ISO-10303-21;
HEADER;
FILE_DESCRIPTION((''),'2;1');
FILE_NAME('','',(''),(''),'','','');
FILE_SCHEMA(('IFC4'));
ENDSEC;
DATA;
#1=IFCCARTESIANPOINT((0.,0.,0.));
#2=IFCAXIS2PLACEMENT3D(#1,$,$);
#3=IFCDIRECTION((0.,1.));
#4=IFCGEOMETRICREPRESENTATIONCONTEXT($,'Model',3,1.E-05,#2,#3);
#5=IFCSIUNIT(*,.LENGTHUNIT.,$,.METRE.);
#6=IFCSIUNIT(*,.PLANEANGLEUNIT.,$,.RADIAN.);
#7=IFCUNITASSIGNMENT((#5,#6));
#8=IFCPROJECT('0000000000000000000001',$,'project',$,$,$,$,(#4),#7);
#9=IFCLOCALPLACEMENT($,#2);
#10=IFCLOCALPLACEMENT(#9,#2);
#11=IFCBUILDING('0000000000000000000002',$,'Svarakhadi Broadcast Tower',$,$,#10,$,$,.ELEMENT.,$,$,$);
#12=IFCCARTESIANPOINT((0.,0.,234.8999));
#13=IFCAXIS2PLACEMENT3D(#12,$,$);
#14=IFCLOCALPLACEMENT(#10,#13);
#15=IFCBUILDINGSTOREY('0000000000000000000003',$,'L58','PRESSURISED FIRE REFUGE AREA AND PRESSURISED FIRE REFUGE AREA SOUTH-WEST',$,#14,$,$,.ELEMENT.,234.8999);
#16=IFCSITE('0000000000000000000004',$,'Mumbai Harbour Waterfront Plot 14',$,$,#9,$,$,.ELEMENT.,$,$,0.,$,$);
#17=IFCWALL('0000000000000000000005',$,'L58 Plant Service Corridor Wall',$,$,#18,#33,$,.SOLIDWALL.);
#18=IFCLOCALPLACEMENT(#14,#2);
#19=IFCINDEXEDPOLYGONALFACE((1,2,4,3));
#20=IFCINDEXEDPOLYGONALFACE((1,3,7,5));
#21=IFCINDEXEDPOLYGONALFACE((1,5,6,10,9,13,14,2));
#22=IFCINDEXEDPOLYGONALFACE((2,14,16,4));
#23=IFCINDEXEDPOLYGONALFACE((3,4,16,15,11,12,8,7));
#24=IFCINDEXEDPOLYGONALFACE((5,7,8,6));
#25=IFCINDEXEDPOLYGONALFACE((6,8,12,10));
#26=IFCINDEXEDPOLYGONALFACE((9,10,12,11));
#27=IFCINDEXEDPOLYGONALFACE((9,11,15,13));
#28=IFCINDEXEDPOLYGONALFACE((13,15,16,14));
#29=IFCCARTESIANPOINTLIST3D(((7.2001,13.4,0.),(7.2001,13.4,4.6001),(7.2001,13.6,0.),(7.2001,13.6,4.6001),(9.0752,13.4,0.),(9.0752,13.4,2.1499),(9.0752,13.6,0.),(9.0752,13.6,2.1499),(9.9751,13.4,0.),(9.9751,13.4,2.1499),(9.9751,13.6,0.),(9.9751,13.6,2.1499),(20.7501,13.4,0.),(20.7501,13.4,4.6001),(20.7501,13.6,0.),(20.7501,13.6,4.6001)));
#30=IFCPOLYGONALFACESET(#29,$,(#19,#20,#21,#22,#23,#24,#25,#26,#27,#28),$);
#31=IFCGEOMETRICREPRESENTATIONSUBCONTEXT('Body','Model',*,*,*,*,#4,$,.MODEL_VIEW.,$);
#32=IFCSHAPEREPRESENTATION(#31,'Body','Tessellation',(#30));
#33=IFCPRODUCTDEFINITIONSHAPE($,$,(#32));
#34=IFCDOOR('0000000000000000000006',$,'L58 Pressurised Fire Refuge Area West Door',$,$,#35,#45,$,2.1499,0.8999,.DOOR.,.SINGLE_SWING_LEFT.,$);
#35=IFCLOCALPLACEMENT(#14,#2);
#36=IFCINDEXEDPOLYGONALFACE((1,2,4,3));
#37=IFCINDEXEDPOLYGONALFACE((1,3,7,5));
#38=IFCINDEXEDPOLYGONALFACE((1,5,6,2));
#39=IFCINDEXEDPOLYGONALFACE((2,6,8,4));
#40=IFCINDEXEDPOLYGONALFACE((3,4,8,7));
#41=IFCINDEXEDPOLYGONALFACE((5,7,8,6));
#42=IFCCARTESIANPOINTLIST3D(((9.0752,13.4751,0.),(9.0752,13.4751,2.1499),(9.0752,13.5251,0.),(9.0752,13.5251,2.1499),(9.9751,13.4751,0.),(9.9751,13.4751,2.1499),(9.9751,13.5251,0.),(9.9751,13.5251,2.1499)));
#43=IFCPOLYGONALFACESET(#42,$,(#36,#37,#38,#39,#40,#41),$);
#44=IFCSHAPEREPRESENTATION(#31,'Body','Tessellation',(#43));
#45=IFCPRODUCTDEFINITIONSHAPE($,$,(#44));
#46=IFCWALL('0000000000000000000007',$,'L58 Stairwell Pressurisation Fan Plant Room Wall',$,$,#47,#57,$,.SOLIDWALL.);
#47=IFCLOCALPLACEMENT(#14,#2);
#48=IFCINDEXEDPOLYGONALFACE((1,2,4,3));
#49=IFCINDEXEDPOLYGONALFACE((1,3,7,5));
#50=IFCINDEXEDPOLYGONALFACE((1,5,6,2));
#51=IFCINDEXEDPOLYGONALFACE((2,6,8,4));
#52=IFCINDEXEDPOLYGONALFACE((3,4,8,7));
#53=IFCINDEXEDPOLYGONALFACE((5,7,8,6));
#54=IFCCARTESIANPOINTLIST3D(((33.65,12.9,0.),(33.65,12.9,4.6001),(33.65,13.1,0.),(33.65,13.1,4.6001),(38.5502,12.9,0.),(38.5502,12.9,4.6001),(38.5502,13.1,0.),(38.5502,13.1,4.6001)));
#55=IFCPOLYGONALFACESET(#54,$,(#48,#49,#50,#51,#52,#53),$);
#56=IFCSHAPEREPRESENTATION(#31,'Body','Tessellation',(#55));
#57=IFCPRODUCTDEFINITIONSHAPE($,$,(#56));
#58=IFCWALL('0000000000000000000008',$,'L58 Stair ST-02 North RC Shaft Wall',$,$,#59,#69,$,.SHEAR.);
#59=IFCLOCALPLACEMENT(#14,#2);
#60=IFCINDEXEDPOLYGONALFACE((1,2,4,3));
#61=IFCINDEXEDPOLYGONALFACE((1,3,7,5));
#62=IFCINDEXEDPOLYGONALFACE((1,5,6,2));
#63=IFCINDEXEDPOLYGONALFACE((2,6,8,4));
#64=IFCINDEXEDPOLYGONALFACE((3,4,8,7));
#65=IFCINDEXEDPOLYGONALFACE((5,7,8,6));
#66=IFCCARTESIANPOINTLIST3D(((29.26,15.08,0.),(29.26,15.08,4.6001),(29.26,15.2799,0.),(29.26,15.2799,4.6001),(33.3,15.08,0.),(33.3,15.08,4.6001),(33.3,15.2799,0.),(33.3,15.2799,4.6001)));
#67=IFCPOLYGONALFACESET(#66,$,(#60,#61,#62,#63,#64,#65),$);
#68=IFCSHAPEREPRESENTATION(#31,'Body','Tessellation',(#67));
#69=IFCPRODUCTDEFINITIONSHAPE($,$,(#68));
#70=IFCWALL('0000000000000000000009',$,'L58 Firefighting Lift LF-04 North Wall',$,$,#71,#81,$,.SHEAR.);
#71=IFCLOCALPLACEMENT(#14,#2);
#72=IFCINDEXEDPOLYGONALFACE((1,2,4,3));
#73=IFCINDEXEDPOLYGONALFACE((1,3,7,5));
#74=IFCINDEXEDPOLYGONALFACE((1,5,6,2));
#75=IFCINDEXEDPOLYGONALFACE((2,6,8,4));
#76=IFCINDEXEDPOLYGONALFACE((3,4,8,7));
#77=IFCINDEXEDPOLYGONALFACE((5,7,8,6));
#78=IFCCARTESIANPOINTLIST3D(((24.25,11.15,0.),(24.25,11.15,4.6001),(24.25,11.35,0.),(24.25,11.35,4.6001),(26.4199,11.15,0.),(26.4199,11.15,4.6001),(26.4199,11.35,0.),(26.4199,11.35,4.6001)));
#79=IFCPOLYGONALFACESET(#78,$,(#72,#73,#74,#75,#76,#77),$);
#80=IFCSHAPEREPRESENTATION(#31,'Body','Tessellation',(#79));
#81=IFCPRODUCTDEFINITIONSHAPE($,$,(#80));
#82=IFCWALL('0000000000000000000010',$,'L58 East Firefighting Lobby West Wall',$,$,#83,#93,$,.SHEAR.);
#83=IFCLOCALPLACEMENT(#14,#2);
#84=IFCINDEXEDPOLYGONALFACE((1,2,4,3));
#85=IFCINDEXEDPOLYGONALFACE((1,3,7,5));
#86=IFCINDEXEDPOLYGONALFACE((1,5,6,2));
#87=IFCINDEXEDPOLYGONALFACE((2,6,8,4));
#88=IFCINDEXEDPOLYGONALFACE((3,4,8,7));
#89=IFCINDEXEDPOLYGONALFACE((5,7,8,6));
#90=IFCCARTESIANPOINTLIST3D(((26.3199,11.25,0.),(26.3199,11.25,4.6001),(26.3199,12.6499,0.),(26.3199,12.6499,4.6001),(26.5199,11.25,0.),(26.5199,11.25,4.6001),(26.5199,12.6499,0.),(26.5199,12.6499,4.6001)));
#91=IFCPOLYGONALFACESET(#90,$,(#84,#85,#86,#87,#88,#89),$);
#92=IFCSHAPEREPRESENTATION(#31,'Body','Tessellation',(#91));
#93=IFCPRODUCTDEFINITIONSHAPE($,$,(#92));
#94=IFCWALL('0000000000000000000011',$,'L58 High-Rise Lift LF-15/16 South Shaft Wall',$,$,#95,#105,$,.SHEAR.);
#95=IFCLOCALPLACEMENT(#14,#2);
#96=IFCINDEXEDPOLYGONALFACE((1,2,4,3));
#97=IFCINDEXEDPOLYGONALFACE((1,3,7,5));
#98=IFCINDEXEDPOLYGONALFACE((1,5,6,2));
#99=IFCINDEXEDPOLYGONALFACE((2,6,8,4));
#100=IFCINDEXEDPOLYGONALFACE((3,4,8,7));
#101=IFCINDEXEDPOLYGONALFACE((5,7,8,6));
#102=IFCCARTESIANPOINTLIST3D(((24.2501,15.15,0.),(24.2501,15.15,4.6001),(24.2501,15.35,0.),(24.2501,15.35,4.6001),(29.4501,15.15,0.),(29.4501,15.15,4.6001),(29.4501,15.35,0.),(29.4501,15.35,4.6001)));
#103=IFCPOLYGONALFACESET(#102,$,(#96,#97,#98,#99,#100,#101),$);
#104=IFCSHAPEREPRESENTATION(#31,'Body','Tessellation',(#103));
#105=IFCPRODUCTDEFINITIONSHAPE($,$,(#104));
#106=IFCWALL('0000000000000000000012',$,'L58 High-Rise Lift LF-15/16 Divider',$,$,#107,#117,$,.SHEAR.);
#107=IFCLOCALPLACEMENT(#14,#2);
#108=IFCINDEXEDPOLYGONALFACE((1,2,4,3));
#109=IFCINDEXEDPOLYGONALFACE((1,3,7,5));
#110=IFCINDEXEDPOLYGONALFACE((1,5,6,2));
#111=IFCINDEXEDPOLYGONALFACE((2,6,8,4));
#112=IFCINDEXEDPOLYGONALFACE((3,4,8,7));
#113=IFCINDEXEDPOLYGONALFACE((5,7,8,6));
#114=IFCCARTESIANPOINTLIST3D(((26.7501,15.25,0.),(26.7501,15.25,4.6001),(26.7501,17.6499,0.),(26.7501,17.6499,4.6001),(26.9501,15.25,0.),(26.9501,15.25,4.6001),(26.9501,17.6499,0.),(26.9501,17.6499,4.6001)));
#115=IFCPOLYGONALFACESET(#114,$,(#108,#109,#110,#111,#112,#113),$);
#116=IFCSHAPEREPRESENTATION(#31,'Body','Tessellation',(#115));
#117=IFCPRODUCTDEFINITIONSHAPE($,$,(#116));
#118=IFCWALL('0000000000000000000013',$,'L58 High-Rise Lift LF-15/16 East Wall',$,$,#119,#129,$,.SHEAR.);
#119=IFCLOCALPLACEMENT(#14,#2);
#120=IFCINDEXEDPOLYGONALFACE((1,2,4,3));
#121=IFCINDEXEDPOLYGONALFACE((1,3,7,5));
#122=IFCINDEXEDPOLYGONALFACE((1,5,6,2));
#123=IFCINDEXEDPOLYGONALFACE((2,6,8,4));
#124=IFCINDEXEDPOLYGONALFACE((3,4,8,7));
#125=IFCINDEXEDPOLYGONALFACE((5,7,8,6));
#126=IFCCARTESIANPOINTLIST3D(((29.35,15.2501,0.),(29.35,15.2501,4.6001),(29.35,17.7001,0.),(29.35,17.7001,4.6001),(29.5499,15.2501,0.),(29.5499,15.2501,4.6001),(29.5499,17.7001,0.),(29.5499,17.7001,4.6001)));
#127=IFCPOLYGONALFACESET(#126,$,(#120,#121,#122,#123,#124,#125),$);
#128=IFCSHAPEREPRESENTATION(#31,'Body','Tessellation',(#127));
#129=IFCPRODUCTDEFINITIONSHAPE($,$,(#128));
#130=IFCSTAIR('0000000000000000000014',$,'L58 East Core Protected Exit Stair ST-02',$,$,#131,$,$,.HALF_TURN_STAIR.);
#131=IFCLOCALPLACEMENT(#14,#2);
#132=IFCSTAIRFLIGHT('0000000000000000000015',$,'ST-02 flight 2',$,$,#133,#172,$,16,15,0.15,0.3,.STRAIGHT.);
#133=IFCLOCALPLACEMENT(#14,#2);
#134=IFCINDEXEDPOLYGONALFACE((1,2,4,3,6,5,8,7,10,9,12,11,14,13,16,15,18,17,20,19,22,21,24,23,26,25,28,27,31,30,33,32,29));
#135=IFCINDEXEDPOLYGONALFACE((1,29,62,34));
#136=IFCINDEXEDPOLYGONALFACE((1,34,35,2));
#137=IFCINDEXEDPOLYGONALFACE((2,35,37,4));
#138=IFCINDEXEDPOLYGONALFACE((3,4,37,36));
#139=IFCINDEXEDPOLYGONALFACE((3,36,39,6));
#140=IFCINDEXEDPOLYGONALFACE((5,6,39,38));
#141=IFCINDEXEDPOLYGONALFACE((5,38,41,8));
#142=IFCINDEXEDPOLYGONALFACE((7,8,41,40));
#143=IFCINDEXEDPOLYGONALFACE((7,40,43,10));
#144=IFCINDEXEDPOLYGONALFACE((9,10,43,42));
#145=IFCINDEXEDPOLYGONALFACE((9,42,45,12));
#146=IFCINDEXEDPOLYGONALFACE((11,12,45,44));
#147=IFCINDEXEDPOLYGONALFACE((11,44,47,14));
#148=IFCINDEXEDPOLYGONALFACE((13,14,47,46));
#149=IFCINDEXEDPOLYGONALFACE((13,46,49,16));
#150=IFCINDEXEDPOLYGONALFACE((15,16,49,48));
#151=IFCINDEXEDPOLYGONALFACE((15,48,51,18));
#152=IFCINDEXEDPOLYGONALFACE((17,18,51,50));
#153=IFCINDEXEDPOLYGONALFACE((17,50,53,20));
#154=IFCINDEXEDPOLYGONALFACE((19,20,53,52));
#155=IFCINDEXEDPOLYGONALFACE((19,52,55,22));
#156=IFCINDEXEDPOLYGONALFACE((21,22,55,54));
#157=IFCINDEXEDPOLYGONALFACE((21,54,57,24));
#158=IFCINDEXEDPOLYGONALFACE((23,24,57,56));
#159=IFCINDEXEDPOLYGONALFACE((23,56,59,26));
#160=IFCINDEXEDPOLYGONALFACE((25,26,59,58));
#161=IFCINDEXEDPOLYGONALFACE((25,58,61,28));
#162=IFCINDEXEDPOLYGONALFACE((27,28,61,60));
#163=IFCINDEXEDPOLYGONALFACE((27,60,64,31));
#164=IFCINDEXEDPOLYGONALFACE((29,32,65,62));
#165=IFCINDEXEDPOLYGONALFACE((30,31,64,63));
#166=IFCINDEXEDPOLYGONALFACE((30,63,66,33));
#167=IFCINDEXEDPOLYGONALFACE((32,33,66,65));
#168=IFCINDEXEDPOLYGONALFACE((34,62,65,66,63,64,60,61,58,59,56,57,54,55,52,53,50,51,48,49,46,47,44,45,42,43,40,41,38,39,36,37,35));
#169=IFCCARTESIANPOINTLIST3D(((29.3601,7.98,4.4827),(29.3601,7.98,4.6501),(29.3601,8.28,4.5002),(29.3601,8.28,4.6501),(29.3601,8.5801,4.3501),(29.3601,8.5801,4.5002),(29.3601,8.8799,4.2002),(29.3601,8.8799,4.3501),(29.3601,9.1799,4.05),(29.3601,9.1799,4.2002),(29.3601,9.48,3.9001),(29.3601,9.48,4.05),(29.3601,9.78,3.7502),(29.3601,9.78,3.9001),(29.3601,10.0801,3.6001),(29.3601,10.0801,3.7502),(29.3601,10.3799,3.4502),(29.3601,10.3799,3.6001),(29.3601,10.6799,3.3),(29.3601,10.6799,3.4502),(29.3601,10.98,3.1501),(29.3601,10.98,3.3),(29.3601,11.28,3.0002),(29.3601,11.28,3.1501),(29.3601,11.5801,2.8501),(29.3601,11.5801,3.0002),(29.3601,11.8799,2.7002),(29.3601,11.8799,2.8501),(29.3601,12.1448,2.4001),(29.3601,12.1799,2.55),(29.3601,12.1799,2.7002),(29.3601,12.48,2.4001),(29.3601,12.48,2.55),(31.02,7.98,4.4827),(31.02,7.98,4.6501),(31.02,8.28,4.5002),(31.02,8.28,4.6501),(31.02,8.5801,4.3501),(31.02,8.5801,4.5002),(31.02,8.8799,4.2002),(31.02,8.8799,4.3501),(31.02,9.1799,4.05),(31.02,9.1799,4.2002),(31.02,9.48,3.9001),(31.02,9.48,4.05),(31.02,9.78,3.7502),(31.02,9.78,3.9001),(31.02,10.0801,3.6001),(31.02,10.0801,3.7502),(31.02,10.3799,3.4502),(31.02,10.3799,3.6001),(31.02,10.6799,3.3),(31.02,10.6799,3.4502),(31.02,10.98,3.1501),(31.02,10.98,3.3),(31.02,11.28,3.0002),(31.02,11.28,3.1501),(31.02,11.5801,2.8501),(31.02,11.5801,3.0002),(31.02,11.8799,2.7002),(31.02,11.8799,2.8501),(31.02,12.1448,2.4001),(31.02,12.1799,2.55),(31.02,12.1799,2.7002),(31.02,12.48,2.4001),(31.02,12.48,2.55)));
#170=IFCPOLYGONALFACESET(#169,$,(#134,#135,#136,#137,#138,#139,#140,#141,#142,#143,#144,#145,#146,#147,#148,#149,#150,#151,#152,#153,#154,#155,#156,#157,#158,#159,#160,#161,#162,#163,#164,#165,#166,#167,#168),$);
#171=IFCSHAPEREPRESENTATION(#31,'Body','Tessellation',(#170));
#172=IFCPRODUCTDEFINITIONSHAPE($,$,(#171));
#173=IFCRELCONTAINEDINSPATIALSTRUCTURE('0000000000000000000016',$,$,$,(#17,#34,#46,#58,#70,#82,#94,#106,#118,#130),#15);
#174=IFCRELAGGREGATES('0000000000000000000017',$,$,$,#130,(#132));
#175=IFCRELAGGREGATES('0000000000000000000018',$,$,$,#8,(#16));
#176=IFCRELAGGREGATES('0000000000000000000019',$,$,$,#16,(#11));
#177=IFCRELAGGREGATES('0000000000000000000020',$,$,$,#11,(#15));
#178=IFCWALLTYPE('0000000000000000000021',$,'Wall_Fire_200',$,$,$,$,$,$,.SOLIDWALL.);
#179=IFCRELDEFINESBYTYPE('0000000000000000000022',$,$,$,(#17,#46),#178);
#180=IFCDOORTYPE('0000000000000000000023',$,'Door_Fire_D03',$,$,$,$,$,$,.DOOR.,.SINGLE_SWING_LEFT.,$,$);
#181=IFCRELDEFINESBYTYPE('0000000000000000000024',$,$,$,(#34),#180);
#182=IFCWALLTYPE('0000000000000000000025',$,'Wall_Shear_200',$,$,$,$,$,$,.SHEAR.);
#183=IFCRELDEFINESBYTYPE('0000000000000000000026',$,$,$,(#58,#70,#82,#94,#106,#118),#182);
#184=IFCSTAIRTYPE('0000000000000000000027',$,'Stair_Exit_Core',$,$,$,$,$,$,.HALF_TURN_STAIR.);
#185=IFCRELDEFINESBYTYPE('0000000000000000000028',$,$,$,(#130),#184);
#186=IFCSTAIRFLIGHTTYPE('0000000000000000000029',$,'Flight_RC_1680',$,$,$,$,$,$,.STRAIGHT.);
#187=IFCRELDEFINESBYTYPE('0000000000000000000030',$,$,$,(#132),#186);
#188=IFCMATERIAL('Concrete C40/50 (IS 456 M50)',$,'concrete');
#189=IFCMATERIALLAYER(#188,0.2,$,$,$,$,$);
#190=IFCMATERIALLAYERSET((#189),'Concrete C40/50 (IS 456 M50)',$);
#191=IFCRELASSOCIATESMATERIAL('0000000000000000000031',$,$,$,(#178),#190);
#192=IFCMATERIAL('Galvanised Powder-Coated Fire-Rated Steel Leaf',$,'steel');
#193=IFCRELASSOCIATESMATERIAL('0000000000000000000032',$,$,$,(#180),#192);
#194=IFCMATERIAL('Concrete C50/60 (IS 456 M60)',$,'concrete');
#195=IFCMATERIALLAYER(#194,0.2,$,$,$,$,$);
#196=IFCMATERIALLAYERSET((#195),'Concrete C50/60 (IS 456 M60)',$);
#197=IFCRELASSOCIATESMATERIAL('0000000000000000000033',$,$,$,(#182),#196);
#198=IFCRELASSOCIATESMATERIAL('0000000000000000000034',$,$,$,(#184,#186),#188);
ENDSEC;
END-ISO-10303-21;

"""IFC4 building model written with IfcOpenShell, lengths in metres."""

from ifc_helpers import new_model, si_unit, direction, frame, frame_2d, origin, place, context, subcontext, project, spatial, polyline, rectangle, outline, extrude, material, layer, layer_set, type_object, element, fill, aggregate, save


model = new_model("IFC4")

# Units and contexts
model_context = context("Model", 3, precision=1e-05, world=origin(), true_north=direction((0.0, 1.0)))
body_context = subcontext(model_context, "Body", "Model", "MODEL_VIEW")
ifc_project = project(units=[si_unit("LENGTHUNIT", "METRE"), si_unit("PLANEANGLEUNIT", "RADIAN")], contexts=[model_context])

# Site, building, storey
site_placement = place(None, origin())
site = spatial("IfcSite", under=ifc_project, at=site_placement, Name="Mumbai Harbour Waterfront Plot 14", CompositionType="ELEMENT", RefElevation=0.0)
building_placement = place(site_placement, origin())
building = spatial("IfcBuilding", under=site, at=building_placement, Name="Svarakhadi Broadcast Tower", CompositionType="ELEMENT")
storey_placement = place(building_placement, frame((0.0, 0.0, 234.8999)))
storey = spatial("IfcBuildingStorey", under=building, at=storey_placement, Name="L58", Description="PRESSURISED FIRE REFUGE AREA AND PRESSURISED FIRE REFUGE AREA SOUTH-WEST", CompositionType="ELEMENT", Elevation=234.8999)

# Shared definitions
ifc_material_1 = material(Name="Concrete C50/60 (IS 456 M60)", Category="concrete")

# Shared definitions
ifc_material_2 = material(Name="Concrete C40/50 (IS 456 M50)", Category="concrete")
ifc_layer_1 = layer(ifc_material_2, 0.2)
ifc_layer_set_1 = layer_set([ifc_layer_1], Name="Concrete C40/50 (IS 456 M50)")
wall_type_1 = type_object("IfcWallType", Name="Wall_Fire_200", PredefinedType="SOLIDWALL", material=ifc_layer_set_1)

# Wall, opening, door
wall_1_placement = place(storey_placement, frame((20.75, 13.5, 0.0), z_axis=(0.0, 0.0, 1.0), x_axis=(-1.0, 0.0, 0.0)))
wall_1 = element("IfcWall", 1, at=wall_1_placement, inside=storey, type_object=wall_type_1, Name="L58 Plant Service Corridor Wall", PredefinedType="SOLIDWALL", context=body_context, shape_type="SweptSolid", body=[
    extrude(rectangle(XDim=13.55, YDim=0.2, at=frame_2d((6.7749, 0.0))), origin(), (0.0, 0.0, 1.0), 4.6001),
])
opening_1_placement = place(wall_1_placement, frame((10.7749, 0.0, 0.0)))
opening_1 = element("IfcOpeningElement", 2, at=opening_1_placement, cuts=wall_1, PredefinedType="OPENING", context=body_context, shape_type="SweptSolid", body=[
    extrude(rectangle(XDim=0.8999, YDim=2.1499, at=frame_2d((0.45, 1.075))), frame((0.0, 0.1099, 0.0), z_axis=(0.0, -1.0, 0.0), x_axis=(1.0, 0.0, 0.0)), (0.0, 0.0, 1.0), 0.22),
])
ifc_material_3 = material(Name="Galvanised Powder-Coated Fire-Rated Steel Leaf", Category="steel")
door_type = type_object("IfcDoorType", Name="Door_Fire_D03", OperationType="SINGLE_SWING_LEFT", PredefinedType="DOOR", material=ifc_material_3)
door_1_placement = place(opening_1_placement, origin())
door_1 = element("IfcDoor", 3, at=door_1_placement, inside=storey, type_object=door_type, Name="L58 Pressurised Fire Refuge Area West Door", OperationType="SINGLE_SWING_LEFT", OverallHeight=2.1499, OverallWidth=0.8999, PredefinedType="DOOR", context=body_context, shape_type="SweptSolid", body=[
    extrude(rectangle(XDim=0.8999, YDim=2.1499, at=frame_2d((0.45, 1.075))), frame((0.0, 0.0249, 0.0), z_axis=(0.0, -1.0, 0.0), x_axis=(1.0, 0.0, 0.0)), (0.0, 0.0, 1.0), 0.05),
])
fill(opening_1, door_1)

# Walls
wall_2_placement = place(storey_placement, frame((33.6499, 13.0, 0.0), z_axis=(0.0, 0.0, 1.0), x_axis=(1.0, 0.0, 0.0)))
element("IfcWall", 4, at=wall_2_placement, inside=storey, type_object=wall_type_1, Name="L58 Stairwell Pressurisation Fan Plant Room Wall", PredefinedType="SOLIDWALL", context=body_context, shape_type="SweptSolid", body=[
    extrude(rectangle(XDim=4.9001, YDim=0.2, at=frame_2d((2.4502, 0.0))), origin(), (0.0, 0.0, 1.0), 4.6001),
])
ifc_layer_2 = layer(ifc_material_1, 0.2)
ifc_layer_set_2 = layer_set([ifc_layer_2], Name="Concrete C50/60 (IS 456 M60)")
wall_type_2 = type_object("IfcWallType", Name="Wall_Shear_200", PredefinedType="SHEAR", material=ifc_layer_set_2)
wall_3_placement = place(storey_placement, frame((29.26, 15.1799, 0.0), z_axis=(0.0, 0.0, 1.0), x_axis=(1.0, 0.0, 0.0)))
element("IfcWall", 5, at=wall_3_placement, inside=storey, type_object=wall_type_2, Name="L58 Stair ST-02 North RC Shaft Wall", PredefinedType="SHEAR", context=body_context, shape_type="SweptSolid", body=[
    extrude(rectangle(XDim=4.04, YDim=0.2, at=frame_2d((2.02, 0.0))), origin(), (0.0, 0.0, 1.0), 4.6001),
])
wall_4_placement = place(storey_placement, frame((24.25, 11.25, 0.0), z_axis=(0.0, 0.0, 1.0), x_axis=(1.0, 0.0, 0.0)))
element("IfcWall", 6, at=wall_4_placement, inside=storey, type_object=wall_type_2, Name="L58 Firefighting Lift LF-04 North Wall", PredefinedType="SHEAR", context=body_context, shape_type="SweptSolid", body=[
    extrude(rectangle(XDim=2.1699, YDim=0.2, at=frame_2d((1.085, 0.0))), origin(), (0.0, 0.0, 1.0), 4.6001),
])
wall_5_placement = place(storey_placement, frame((26.4199, 11.25, 0.0), z_axis=(0.0, 0.0, 1.0), x_axis=(0.0, 1.0, 0.0)))
element("IfcWall", 7, at=wall_5_placement, inside=storey, type_object=wall_type_2, Name="L58 East Firefighting Lobby West Wall", PredefinedType="SHEAR", context=body_context, shape_type="SweptSolid", body=[
    extrude(rectangle(XDim=1.3999, YDim=0.2, at=frame_2d((0.7, 0.0))), origin(), (0.0, 0.0, 1.0), 4.6001),
])

# Walls
wall_6_placement = place(storey_placement, frame((24.25, 15.25, 0.0), z_axis=(0.0, 0.0, 1.0), x_axis=(1.0, 0.0, 0.0)))
element("IfcWall", 8, at=wall_6_placement, inside=storey, type_object=wall_type_2, Name="L58 High-Rise Lift LF-15/16 South Shaft Wall", PredefinedType="SHEAR", context=body_context, shape_type="SweptSolid", body=[
    extrude(rectangle(XDim=5.2, YDim=0.2, at=frame_2d((2.6001, 0.0))), origin(), (0.0, 0.0, 1.0), 4.6001),
])
wall_7_placement = place(storey_placement, frame((26.8501, 15.25, 0.0), z_axis=(0.0, 0.0, 1.0), x_axis=(0.0, 1.0, 0.0)))
element("IfcWall", 9, at=wall_7_placement, inside=storey, type_object=wall_type_2, Name="L58 High-Rise Lift LF-15/16 Divider", PredefinedType="SHEAR", context=body_context, shape_type="SweptSolid", body=[
    extrude(rectangle(XDim=2.3999, YDim=0.2, at=frame_2d((1.2, 0.0))), origin(), (0.0, 0.0, 1.0), 4.6001),
])
wall_8_placement = place(storey_placement, frame((29.45, 15.25, 0.0), z_axis=(0.0, 0.0, 1.0), x_axis=(0.0, 1.0, 0.0)))
element("IfcWall", 10, at=wall_8_placement, inside=storey, type_object=wall_type_2, Name="L58 High-Rise Lift LF-15/16 East Wall", PredefinedType="SHEAR", context=body_context, shape_type="SweptSolid", body=[
    extrude(rectangle(XDim=2.45, YDim=0.2, at=frame_2d((1.2251, 0.0))), origin(), (0.0, 0.0, 1.0), 4.6001),
])

# Stair, stair flight
stair_type = type_object("IfcStairType", Name="Stair_Exit_Core", PredefinedType="HALF_TURN_STAIR", material=ifc_material_2)
stair_placement = place(storey_placement, origin())
stair = element("IfcStair", 11, at=stair_placement, inside=storey, type_object=stair_type, Name="L58 East Core Protected Exit Stair ST-02", PredefinedType="HALF_TURN_STAIR")
stair_flight_type = type_object("IfcStairFlightType", Name="Flight_RC_1680", PredefinedType="STRAIGHT", material=ifc_material_2)
stair_flight_placement = place(storey_placement, frame((30.1899, 12.48, 2.4001), z_axis=(0.0, 0.0, 1.0), x_axis=(0.0, -1.0, 0.0)))
stair_flight = element("IfcStairFlight", 12, at=stair_flight_placement, type_object=stair_flight_type, Name="ST-02 flight 2", NumberOfRisers=16, NumberOfTreads=15, PredefinedType="STRAIGHT", RiserHeight=0.15, TreadLength=0.3, context=body_context, shape_type="SweptSolid", body=[
    extrude(outline(polyline([(0.0, 0.0), (0.0, 0.1499), (0.3, 0.1499), (0.3, 0.3), (0.6001, 0.3), (0.6001, 0.45), (0.8999, 0.45), (0.8999, 0.6001), (1.2, 0.6001), (1.2, 0.75), (1.5, 0.75), (1.5, 0.8999), (1.8, 0.8999), (1.8, 1.05), (2.1001, 1.05), (2.1001, 1.2), (2.3999, 1.2), (2.3999, 1.3501), (2.7, 1.3501), (2.7, 1.5), (3.0, 1.5), (3.0, 1.6499), (3.3, 1.6499), (3.3, 1.8), (3.6001, 1.8), (3.6001, 1.95), (3.8999, 1.95), (3.8999, 2.1001), (4.2, 2.1001), (4.2, 2.25), (4.5, 2.25), (4.5, 2.3999), (4.5, 2.0825), (0.3352, 0.0), (0.0, 0.0)])), frame((0.0, 0.8301, 0.0), z_axis=(0.0, -1.0, 0.0), x_axis=(1.0, 0.0, 0.0)), (0.0, 0.0, 1.0), 1.6599),
])
aggregate(stair, [stair_flight])

save(model, "model.ifc")
